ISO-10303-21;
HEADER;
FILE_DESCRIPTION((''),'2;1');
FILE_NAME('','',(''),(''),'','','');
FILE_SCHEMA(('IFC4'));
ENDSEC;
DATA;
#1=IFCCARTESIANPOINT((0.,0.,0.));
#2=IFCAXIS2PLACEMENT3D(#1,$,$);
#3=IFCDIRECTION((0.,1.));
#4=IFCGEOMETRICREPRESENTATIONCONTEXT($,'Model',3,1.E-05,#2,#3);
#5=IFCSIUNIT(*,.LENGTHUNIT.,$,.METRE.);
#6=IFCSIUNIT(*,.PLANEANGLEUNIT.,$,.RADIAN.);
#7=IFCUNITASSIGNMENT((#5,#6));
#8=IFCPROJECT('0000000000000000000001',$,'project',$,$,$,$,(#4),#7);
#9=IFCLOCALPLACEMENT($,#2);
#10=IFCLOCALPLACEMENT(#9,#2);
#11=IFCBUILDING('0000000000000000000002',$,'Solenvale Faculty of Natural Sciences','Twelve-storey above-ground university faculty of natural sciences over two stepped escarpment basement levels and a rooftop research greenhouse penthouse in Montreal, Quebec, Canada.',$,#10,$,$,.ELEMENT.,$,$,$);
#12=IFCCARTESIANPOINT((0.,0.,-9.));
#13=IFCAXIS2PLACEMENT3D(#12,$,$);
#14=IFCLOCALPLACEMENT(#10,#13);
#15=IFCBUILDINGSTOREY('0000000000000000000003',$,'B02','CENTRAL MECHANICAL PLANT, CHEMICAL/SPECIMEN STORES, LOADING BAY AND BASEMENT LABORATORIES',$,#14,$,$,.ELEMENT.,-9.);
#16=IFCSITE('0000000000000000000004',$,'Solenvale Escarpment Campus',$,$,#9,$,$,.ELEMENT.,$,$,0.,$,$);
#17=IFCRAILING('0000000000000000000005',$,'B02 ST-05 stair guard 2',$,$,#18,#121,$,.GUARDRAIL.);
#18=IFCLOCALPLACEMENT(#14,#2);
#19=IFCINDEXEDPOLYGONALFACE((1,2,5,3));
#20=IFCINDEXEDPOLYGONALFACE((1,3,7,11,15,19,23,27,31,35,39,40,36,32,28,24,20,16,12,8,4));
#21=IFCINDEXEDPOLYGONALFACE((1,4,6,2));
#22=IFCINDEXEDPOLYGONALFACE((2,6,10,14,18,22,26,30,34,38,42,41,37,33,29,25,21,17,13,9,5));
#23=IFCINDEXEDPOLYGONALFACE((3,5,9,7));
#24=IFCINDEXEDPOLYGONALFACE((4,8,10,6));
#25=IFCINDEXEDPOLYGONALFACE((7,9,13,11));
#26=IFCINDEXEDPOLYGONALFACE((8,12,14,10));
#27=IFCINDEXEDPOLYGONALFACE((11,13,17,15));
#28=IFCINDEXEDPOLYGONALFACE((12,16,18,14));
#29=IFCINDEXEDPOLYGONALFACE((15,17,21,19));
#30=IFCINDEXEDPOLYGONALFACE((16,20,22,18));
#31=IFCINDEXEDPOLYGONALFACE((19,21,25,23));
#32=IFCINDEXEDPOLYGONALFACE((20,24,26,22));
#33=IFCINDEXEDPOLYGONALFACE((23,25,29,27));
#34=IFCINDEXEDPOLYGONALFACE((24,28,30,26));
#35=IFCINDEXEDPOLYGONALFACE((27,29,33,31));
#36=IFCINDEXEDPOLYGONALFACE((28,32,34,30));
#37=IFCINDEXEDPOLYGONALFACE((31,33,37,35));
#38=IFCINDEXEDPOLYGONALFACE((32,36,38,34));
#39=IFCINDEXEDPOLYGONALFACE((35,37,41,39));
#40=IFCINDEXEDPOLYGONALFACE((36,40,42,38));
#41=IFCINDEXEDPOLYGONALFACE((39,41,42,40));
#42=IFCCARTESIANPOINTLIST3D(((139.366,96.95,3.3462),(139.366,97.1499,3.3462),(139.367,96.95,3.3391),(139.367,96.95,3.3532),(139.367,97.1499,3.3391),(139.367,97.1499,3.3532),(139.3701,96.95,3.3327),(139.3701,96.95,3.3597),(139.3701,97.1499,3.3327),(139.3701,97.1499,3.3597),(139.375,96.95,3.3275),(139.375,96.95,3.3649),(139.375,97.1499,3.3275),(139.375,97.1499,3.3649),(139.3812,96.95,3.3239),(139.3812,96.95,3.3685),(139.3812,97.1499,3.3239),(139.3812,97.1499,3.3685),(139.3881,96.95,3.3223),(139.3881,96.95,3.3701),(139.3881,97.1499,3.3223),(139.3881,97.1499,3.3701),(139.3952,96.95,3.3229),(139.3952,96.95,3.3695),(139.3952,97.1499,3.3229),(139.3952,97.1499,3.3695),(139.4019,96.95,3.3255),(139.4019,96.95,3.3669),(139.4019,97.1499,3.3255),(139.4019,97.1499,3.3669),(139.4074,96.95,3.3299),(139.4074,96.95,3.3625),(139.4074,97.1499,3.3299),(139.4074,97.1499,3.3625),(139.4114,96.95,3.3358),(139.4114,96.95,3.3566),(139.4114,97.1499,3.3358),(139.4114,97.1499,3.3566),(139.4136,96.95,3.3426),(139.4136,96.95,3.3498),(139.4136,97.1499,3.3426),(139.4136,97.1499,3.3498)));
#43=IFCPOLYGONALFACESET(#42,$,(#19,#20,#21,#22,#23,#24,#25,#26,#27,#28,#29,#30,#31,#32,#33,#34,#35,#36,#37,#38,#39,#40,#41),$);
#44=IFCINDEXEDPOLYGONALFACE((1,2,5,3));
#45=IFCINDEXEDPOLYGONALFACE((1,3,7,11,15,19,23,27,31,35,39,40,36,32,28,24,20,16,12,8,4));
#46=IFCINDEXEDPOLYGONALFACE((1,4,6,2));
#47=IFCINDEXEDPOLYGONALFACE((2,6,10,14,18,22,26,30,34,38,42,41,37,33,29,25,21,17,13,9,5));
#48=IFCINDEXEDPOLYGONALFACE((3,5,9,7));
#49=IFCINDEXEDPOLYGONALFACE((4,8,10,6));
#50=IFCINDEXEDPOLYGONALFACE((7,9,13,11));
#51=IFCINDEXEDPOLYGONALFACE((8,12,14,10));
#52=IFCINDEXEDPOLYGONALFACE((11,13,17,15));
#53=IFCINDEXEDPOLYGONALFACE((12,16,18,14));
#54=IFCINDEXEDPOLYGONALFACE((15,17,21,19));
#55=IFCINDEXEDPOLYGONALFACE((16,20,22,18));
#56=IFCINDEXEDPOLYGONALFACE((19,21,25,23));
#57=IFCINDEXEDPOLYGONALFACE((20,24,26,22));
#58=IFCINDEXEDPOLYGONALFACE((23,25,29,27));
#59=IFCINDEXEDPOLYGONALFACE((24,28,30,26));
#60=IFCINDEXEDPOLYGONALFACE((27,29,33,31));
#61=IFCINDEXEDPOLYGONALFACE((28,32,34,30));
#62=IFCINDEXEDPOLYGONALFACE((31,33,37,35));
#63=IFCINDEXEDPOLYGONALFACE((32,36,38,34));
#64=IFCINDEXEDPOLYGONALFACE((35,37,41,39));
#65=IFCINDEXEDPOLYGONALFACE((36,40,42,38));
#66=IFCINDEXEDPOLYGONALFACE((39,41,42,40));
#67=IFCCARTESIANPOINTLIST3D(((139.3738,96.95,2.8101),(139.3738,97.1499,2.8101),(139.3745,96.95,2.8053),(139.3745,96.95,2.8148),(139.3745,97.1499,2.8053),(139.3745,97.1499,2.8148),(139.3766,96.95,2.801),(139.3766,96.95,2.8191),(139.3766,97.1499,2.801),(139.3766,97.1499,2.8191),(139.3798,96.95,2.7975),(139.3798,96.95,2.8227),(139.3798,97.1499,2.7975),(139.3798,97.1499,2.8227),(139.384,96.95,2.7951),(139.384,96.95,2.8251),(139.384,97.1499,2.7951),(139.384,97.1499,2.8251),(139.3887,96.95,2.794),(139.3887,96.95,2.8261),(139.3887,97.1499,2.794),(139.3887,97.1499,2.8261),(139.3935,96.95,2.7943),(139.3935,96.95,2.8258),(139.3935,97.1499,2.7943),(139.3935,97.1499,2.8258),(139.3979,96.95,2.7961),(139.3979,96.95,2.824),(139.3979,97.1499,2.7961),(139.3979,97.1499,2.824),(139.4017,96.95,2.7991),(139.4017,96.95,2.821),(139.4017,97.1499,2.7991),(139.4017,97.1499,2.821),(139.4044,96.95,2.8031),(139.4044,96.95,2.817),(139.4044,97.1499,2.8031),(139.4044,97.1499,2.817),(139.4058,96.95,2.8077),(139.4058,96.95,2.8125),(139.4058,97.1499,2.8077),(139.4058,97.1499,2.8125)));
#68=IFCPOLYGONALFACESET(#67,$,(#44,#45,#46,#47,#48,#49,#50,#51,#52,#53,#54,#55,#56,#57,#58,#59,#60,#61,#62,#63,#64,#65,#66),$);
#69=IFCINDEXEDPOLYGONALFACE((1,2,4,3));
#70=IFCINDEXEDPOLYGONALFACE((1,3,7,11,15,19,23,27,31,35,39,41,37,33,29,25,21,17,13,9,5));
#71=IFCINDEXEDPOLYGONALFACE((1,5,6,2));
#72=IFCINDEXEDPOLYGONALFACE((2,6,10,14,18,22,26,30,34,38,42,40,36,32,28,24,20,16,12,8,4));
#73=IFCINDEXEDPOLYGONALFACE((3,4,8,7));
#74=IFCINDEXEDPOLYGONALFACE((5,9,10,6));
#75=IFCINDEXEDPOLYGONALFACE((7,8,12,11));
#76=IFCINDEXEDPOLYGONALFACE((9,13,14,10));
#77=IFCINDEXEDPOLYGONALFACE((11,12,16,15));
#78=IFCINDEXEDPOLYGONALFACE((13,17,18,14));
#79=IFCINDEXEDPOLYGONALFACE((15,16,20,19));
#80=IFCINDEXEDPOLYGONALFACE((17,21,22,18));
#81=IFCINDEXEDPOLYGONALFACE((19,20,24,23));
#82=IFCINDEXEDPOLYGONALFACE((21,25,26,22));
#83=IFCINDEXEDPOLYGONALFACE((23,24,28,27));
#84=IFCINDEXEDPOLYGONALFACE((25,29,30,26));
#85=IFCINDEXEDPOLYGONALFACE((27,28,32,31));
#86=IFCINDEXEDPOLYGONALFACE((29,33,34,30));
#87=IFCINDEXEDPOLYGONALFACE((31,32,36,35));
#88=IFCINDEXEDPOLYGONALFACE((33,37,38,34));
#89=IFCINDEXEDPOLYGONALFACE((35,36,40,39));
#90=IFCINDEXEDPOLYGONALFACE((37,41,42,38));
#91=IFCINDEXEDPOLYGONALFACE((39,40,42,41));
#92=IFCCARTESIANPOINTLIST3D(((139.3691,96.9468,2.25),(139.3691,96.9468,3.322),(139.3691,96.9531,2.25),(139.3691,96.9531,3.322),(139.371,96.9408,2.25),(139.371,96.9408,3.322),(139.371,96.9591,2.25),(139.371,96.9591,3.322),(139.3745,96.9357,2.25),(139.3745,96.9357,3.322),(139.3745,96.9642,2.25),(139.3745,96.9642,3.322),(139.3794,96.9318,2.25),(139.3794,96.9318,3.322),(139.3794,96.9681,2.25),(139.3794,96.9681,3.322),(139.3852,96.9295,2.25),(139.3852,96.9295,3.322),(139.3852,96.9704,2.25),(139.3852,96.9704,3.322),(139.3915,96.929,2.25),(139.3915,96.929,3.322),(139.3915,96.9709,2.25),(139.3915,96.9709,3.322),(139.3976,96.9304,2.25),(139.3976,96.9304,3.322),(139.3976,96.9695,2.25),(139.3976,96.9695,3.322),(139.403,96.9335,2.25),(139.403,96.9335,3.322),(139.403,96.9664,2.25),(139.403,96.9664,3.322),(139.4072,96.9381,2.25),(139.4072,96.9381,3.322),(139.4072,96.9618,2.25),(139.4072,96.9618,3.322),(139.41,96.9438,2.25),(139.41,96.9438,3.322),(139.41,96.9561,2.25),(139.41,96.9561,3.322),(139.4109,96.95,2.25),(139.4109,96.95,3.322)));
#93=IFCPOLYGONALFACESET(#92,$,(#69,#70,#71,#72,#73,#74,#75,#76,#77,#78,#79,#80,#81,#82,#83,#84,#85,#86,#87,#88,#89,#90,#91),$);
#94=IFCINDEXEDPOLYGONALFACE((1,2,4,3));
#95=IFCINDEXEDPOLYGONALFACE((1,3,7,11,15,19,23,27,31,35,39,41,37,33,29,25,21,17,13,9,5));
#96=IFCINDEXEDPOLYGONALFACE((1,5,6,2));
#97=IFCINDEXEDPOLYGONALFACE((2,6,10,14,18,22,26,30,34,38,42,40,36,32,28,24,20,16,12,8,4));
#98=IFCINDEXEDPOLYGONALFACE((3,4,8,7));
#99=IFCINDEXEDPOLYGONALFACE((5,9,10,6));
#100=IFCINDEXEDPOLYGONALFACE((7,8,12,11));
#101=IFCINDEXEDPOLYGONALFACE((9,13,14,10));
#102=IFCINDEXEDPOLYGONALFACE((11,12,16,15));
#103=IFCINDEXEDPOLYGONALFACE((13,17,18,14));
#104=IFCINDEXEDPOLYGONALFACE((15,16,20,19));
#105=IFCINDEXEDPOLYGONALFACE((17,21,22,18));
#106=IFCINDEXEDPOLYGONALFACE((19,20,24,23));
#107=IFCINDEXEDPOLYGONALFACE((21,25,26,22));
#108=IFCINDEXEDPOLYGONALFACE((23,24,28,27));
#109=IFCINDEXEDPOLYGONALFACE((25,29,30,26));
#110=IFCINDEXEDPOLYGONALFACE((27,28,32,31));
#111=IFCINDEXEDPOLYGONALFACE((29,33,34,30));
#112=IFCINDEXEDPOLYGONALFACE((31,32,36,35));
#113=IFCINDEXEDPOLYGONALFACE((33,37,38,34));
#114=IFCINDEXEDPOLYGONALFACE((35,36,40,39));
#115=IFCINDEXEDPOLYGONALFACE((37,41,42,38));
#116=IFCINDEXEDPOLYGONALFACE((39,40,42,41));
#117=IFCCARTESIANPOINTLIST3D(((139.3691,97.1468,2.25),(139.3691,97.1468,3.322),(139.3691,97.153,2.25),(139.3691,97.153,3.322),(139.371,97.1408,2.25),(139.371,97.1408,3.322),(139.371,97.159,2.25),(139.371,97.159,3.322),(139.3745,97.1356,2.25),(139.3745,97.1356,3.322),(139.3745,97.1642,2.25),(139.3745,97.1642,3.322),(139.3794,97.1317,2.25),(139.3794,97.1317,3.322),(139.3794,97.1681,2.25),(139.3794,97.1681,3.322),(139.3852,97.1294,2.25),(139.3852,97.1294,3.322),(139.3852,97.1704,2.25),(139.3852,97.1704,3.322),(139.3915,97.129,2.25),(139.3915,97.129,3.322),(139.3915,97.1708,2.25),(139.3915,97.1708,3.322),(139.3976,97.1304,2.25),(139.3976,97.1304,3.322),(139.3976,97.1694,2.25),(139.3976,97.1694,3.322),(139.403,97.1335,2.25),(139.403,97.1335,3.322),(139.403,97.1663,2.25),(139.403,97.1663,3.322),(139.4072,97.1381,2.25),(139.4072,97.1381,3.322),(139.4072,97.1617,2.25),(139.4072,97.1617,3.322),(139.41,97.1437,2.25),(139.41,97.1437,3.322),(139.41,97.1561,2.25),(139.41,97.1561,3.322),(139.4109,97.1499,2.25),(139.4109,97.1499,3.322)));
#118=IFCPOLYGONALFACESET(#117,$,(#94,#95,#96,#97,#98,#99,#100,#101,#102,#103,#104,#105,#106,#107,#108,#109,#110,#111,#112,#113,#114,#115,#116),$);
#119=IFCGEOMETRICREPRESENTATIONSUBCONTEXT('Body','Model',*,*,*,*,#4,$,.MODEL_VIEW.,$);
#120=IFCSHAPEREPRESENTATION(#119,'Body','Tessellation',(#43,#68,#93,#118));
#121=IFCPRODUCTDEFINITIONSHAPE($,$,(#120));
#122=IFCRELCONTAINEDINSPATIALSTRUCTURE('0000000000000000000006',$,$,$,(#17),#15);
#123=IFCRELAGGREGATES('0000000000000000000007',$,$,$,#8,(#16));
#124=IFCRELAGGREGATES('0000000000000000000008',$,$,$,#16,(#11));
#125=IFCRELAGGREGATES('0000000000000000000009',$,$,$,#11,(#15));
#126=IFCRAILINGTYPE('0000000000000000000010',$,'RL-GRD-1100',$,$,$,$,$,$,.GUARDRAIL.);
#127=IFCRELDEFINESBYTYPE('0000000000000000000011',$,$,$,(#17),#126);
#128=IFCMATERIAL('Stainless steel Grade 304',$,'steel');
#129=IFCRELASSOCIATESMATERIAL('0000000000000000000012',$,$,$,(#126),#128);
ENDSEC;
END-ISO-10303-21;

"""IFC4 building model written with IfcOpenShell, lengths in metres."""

from ifc_helpers import new_model, si_unit, direction, frame, origin, origin_2d, place, context, subcontext, project, spatial, circle, extrude, material, type_object, element, save


model = new_model("IFC4")

# Units and contexts
model_context = context("Model", 3, precision=1e-05, world=origin(), true_north=direction((0.0, 1.0)))
body_context = subcontext(model_context, "Body", "Model", "MODEL_VIEW")
ifc_project = project(units=[si_unit("LENGTHUNIT", "METRE"), si_unit("PLANEANGLEUNIT", "RADIAN")], contexts=[model_context])

# Site, building, storey
site_placement = place(None, origin())
site = spatial("IfcSite", under=ifc_project, at=site_placement, Name="Solenvale Escarpment Campus", CompositionType="ELEMENT", RefElevation=0.0)
building_placement = place(site_placement, origin())
building = spatial("IfcBuilding", under=site, at=building_placement, Name="Solenvale Faculty of Natural Sciences", Description="Twelve-storey above-ground university faculty of natural sciences over two stepped escarpment basement levels and a rooftop research greenhouse penthouse in Montreal, Quebec, Canada.", CompositionType="ELEMENT")
storey_placement = place(building_placement, frame((0.0, 0.0, -9.0)))
storey = spatial("IfcBuildingStorey", under=building, at=storey_placement, Name="B02", Description="CENTRAL MECHANICAL PLANT, CHEMICAL/SPECIMEN STORES, LOADING BAY AND BASEMENT LABORATORIES", CompositionType="ELEMENT", Elevation=-9.0)

# Railing
ifc_material_1 = material(Name="Stainless steel Grade 304", Category="steel")
railing_type_1 = type_object("IfcRailingType", Name="RL-GRD-1100", PredefinedType="GUARDRAIL", material=ifc_material_1)
railing_1_placement = place(storey_placement, frame((139.3899, 96.95, 2.25)))
element("IfcRailing", 1, at=railing_1_placement, inside=storey, type_object=railing_type_1, Name="B02 ST-05 stair guard 2", PredefinedType="GUARDRAIL", context=body_context, shape_type="SweptSolid", body=[
    extrude(circle(Radius=0.0239, at=origin_2d()), frame((0.0, 0.0, 1.0962), z_axis=(0.0, 1.0, 0.0), x_axis=(-1.0, 0.0, 0.0)), (0.0, 0.0, 1.0), 0.2),
    extrude(circle(Radius=0.0161, at=origin_2d()), frame((0.0, 0.0, 0.5601), z_axis=(0.0, 1.0, 0.0), x_axis=(-1.0, 0.0, 0.0)), (0.0, 0.0, 1.0), 0.2),
    extrude(circle(Radius=0.021, at=origin_2d()), origin(), (0.0, 0.0, 1.0), 1.072),
    extrude(circle(Radius=0.021, at=origin_2d()), frame((0.0, 0.2, 0.0)), (0.0, 0.0, 1.0), 1.072),
])

save(model, "model.ifc")
